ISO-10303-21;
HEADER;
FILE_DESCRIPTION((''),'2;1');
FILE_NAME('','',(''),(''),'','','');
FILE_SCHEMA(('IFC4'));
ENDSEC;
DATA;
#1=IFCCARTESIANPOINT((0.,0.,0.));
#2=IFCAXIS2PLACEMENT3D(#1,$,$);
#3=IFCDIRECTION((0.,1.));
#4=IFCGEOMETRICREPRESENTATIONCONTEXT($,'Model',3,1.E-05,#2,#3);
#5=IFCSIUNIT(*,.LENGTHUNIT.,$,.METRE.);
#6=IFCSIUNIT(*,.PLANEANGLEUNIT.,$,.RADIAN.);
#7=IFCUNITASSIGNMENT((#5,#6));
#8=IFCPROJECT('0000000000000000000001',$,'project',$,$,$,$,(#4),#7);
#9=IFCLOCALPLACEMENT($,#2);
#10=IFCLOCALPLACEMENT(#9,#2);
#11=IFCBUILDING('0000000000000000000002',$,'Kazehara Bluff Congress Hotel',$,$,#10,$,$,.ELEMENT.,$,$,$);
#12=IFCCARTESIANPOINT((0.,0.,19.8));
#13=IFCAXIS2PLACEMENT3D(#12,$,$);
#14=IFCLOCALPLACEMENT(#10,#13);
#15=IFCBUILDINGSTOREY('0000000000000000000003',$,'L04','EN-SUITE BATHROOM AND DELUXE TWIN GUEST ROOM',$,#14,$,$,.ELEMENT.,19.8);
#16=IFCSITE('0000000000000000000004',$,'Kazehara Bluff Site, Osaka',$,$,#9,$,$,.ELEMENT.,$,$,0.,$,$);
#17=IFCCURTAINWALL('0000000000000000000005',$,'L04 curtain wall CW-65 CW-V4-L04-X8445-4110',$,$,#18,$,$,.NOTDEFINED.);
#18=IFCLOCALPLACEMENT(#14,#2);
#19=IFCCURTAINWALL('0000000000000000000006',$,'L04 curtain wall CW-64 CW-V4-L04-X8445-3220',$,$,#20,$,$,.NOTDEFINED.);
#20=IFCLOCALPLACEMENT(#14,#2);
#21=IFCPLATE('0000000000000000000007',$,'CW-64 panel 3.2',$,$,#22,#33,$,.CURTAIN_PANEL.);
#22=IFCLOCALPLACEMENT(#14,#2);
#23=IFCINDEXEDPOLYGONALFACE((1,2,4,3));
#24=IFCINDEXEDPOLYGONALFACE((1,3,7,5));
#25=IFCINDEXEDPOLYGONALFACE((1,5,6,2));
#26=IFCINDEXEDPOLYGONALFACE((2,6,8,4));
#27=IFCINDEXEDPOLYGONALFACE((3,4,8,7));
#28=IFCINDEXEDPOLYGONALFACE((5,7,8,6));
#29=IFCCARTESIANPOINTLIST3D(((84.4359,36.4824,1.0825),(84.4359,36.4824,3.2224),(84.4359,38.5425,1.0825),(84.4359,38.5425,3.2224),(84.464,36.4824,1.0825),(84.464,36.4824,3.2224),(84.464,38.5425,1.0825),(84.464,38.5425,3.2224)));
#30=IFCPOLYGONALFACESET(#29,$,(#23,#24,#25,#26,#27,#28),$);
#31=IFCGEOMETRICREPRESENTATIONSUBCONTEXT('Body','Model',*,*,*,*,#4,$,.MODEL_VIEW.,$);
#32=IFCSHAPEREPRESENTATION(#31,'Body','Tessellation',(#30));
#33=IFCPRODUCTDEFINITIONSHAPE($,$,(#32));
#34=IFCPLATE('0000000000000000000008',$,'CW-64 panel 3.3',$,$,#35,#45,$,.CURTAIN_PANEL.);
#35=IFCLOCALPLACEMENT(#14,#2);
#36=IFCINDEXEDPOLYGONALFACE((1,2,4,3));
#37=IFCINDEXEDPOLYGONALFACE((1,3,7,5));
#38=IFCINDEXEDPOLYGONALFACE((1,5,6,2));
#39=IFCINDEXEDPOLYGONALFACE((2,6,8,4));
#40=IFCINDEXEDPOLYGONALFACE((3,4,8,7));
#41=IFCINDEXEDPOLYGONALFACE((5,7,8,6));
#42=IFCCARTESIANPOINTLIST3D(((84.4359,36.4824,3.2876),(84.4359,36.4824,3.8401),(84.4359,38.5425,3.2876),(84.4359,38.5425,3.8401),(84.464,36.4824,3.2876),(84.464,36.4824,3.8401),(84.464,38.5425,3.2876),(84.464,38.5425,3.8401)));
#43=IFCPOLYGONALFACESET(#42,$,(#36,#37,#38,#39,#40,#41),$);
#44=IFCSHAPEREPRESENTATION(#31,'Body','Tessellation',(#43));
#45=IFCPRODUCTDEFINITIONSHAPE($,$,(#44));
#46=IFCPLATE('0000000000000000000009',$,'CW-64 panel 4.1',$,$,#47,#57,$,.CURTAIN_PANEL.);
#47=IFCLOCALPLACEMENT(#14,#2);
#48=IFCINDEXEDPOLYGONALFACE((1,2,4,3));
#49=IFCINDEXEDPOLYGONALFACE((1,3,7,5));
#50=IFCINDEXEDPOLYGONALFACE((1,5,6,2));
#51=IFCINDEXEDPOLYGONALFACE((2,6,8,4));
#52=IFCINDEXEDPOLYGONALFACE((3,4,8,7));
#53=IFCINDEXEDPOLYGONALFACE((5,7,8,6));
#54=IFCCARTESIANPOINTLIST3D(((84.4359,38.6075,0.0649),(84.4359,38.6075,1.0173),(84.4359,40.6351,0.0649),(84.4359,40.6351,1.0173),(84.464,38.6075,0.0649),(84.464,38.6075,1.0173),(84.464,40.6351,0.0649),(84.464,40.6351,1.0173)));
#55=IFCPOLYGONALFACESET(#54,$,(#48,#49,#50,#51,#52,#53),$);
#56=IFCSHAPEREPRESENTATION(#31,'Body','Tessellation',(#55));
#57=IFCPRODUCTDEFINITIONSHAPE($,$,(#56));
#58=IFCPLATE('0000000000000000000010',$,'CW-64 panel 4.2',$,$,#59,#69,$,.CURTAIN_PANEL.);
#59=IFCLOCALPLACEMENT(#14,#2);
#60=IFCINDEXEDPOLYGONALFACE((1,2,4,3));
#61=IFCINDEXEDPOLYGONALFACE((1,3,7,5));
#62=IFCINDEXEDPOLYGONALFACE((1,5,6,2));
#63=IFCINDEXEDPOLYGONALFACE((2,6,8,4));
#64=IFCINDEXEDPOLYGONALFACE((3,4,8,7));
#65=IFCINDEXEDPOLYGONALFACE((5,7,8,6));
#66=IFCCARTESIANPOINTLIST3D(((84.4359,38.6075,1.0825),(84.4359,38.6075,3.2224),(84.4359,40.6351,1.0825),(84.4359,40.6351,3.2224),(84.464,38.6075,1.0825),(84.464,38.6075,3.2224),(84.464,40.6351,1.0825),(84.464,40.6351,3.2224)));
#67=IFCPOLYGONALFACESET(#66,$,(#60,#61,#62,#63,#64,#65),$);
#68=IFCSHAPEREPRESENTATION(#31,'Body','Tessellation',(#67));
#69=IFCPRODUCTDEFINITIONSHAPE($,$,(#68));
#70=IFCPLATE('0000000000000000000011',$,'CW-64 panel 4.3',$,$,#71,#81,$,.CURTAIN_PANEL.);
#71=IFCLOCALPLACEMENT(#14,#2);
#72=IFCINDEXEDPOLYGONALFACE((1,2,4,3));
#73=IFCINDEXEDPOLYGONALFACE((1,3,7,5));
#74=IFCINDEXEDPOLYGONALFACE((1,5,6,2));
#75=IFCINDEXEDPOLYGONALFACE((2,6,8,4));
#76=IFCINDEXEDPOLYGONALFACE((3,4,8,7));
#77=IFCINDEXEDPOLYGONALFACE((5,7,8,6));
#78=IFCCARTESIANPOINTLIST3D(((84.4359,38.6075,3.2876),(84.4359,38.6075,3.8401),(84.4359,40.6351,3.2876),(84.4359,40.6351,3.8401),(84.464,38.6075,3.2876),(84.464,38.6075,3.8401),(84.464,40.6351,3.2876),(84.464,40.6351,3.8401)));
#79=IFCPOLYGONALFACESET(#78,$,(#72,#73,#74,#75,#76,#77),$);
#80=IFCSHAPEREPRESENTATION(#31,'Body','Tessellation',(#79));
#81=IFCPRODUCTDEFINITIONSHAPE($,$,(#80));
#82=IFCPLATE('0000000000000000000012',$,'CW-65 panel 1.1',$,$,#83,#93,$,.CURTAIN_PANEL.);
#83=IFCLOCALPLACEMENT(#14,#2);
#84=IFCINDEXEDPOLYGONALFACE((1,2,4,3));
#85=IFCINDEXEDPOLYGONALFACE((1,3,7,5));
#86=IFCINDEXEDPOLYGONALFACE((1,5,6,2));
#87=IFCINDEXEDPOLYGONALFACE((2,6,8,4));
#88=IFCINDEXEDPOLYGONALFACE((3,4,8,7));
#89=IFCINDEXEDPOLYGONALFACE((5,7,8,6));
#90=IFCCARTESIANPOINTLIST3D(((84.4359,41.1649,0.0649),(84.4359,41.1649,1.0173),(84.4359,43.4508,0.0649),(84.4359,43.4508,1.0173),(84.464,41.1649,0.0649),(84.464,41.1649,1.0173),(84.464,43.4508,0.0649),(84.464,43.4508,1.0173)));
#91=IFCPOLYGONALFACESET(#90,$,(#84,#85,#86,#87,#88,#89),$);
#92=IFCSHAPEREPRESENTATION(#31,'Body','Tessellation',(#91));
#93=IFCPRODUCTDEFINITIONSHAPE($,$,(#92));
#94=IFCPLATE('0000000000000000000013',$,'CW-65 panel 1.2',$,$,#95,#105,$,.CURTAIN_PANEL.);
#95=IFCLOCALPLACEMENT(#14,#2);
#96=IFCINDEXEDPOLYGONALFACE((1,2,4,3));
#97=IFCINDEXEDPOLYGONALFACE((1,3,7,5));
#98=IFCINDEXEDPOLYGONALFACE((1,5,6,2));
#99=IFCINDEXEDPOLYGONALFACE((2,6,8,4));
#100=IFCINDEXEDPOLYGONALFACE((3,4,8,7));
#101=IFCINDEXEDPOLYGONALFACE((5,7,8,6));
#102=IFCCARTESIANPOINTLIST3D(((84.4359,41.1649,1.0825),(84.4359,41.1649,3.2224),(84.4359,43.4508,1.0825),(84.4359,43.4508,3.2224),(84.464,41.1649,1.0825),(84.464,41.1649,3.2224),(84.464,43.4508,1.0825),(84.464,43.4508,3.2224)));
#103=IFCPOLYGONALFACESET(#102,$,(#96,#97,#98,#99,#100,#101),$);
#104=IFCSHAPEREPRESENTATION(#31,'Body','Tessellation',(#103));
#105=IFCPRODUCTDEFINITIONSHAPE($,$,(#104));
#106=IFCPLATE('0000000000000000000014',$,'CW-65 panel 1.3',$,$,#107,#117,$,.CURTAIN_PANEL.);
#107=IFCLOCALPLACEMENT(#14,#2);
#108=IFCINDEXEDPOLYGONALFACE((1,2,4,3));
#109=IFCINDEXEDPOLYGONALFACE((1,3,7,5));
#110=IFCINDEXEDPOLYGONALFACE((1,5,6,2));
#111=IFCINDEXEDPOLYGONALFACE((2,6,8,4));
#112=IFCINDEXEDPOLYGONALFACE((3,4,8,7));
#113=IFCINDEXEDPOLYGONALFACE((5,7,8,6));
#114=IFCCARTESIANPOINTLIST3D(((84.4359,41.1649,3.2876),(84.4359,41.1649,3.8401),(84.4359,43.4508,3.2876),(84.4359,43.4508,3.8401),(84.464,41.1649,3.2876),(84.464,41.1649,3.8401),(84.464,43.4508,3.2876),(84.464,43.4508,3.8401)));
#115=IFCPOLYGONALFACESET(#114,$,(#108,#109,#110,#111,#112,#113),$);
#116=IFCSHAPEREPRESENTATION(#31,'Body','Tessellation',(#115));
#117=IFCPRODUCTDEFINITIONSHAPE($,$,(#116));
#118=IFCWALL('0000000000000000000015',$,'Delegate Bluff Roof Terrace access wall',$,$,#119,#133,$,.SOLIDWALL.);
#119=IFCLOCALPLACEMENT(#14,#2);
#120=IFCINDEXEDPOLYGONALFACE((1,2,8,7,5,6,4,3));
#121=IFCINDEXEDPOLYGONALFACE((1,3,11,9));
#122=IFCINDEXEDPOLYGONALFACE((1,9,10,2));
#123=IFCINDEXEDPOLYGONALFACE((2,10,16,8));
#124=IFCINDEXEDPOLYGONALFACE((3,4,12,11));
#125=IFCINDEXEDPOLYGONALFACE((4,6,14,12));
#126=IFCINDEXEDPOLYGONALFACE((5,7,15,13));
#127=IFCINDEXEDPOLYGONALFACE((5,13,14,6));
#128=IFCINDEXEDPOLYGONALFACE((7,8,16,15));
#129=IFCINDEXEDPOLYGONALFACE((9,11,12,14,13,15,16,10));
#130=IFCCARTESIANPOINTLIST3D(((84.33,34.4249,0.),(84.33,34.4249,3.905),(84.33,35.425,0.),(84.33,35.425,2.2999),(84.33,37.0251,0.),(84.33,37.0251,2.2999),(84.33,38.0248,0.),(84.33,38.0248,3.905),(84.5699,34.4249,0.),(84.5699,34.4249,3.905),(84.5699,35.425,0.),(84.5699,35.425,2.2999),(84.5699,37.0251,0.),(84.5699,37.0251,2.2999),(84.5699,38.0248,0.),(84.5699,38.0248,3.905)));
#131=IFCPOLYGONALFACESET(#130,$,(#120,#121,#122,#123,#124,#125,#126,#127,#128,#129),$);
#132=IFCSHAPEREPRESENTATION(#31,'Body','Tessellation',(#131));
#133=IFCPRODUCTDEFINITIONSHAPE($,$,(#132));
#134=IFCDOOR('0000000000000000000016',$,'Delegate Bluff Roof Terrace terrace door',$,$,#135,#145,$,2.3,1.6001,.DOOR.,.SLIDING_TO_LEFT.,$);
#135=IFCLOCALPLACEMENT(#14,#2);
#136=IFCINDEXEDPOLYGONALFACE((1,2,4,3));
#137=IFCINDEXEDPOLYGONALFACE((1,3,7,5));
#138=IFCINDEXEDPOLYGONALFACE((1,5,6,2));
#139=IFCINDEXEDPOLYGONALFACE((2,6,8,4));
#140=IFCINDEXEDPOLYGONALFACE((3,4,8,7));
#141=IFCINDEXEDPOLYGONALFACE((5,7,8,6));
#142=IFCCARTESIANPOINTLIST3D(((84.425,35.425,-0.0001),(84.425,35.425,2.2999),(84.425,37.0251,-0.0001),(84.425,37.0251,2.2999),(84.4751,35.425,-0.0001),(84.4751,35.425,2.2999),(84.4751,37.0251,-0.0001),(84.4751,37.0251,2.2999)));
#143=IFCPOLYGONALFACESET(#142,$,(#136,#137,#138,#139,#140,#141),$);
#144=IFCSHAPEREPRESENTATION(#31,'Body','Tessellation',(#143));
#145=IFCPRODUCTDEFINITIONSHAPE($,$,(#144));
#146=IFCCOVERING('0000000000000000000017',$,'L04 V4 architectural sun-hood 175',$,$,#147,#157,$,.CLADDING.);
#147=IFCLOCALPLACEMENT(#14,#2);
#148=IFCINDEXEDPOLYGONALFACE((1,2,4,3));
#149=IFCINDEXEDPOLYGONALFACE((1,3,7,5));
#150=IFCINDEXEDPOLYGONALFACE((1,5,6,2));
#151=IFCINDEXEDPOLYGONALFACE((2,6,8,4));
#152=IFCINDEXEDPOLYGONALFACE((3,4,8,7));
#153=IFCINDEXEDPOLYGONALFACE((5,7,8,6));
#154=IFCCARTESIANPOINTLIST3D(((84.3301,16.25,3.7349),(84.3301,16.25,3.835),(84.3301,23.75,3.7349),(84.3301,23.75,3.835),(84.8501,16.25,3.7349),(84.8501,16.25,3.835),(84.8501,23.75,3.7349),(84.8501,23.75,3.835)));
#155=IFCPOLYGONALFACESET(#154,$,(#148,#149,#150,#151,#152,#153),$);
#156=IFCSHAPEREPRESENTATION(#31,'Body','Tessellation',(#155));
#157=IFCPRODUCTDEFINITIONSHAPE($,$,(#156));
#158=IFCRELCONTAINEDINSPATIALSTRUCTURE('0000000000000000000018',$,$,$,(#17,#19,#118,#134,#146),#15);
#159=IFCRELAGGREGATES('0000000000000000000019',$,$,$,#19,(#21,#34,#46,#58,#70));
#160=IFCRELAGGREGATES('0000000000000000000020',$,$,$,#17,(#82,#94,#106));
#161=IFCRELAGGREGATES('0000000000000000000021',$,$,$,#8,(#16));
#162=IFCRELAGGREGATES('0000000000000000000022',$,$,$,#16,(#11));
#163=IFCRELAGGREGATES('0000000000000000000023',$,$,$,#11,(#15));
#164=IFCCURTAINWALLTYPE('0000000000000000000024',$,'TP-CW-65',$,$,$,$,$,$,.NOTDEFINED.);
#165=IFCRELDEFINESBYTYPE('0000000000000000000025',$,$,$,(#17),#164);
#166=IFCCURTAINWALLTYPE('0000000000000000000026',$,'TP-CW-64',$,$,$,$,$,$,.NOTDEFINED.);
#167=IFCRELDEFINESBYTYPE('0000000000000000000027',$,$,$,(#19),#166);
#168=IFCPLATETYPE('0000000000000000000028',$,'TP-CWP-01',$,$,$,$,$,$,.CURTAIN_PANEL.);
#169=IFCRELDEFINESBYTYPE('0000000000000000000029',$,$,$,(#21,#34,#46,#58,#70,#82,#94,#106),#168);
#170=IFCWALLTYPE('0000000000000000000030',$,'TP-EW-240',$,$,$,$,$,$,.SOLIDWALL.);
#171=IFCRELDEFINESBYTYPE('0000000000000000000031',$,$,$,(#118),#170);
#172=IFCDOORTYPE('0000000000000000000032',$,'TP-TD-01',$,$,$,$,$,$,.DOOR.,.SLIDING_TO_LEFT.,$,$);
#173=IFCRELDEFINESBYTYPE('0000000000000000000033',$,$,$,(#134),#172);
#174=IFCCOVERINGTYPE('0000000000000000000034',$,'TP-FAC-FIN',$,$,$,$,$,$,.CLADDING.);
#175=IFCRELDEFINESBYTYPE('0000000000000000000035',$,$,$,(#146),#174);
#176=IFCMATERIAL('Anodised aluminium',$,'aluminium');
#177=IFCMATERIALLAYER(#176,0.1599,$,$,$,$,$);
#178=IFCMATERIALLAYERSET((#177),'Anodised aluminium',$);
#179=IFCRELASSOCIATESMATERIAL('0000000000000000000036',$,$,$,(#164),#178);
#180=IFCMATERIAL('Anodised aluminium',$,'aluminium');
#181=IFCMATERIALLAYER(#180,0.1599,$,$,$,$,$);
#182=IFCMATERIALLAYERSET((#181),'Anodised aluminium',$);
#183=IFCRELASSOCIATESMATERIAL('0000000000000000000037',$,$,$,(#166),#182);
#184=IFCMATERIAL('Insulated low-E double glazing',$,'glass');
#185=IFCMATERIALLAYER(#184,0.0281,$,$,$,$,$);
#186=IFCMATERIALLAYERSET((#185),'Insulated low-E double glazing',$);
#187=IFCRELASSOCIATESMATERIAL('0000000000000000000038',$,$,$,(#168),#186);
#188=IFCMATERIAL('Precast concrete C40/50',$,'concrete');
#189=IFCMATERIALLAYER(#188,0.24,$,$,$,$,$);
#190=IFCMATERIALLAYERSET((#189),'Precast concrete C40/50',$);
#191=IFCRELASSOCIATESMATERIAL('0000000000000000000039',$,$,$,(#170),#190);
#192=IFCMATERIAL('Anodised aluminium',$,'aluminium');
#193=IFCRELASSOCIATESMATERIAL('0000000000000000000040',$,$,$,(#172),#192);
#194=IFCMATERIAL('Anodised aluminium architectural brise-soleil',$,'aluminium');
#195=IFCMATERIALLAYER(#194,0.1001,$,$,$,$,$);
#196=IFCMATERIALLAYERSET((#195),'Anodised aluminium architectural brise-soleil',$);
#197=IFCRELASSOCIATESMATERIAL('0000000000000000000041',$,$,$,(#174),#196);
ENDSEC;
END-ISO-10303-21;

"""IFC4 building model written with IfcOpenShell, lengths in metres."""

from ifc_helpers import new_model, si_unit, direction, frame, frame_2d, origin, origin_2d, place, context, subcontext, project, spatial, rectangle, extrude, material, layer, layer_set, type_object, element, fill, aggregate, save


model = new_model("IFC4")

# Units and contexts
model_context = context("Model", 3, precision=1e-05, world=origin(), true_north=direction((0.0, 1.0)))
body_context = subcontext(model_context, "Body", "Model", "MODEL_VIEW")
ifc_project = project(units=[si_unit("LENGTHUNIT", "METRE"), si_unit("PLANEANGLEUNIT", "RADIAN")], contexts=[model_context])

# Site, building, storey
site_placement = place(None, origin())
site = spatial("IfcSite", under=ifc_project, at=site_placement, Name="Kazehara Bluff Site, Osaka", CompositionType="ELEMENT", RefElevation=0.0)
building_placement = place(site_placement, origin())
building = spatial("IfcBuilding", under=site, at=building_placement, Name="Kazehara Bluff Congress Hotel", CompositionType="ELEMENT")
storey_placement = place(building_placement, frame((0.0, 0.0, 19.8)))
storey = spatial("IfcBuildingStorey", under=building, at=storey_placement, Name="L04", Description="EN-SUITE BATHROOM AND DELUXE TWIN GUEST ROOM", CompositionType="ELEMENT", Elevation=19.8)

# Curtain walls
ifc_material_1 = material(Name="Anodised aluminium", Category="aluminium")
ifc_layer_1 = layer(ifc_material_1, 0.1599)
ifc_layer_set_1 = layer_set([ifc_layer_1], Name="Anodised aluminium")
curtain_wall_type_1 = type_object("IfcCurtainWallType", Name="TP-CW-65", PredefinedType="NOTDEFINED", material=ifc_layer_set_1)
curtain_wall_1_placement = place(storey_placement, origin())
curtain_wall_1 = element("IfcCurtainWall", 1, at=curtain_wall_1_placement, inside=storey, type_object=curtain_wall_type_1, Name="L04 curtain wall CW-65 CW-V4-L04-X8445-4110", PredefinedType="NOTDEFINED")
ifc_material_2 = material(Name="Anodised aluminium", Category="aluminium")
ifc_layer_2 = layer(ifc_material_2, 0.1599)
ifc_layer_set_2 = layer_set([ifc_layer_2], Name="Anodised aluminium")
curtain_wall_type_2 = type_object("IfcCurtainWallType", Name="TP-CW-64", PredefinedType="NOTDEFINED", material=ifc_layer_set_2)
curtain_wall_2_placement = place(storey_placement, origin())
curtain_wall_2 = element("IfcCurtainWall", 2, at=curtain_wall_2_placement, inside=storey, type_object=curtain_wall_type_2, Name="L04 curtain wall CW-64 CW-V4-L04-X8445-3220", PredefinedType="NOTDEFINED")

# Plates
ifc_material_3 = material(Name="Insulated low-E double glazing", Category="glass")
ifc_layer_3 = layer(ifc_material_3, 0.0281)
ifc_layer_set_3 = layer_set([ifc_layer_3], Name="Insulated low-E double glazing")
plate_type = type_object("IfcPlateType", Name="TP-CWP-01", PredefinedType="CURTAIN_PANEL", material=ifc_layer_set_3)
plate_1_placement = place(storey_placement, frame((84.45, 37.5125, 1.0825), z_axis=(0.0, 0.0, 1.0), x_axis=(0.0, 1.0, 0.0)))
plate_1 = element("IfcPlate", 3, at=plate_1_placement, type_object=plate_type, Name="CW-64 panel 3.2", PredefinedType="CURTAIN_PANEL", context=body_context, shape_type="SweptSolid", body=[
    extrude(rectangle(XDim=2.0601, YDim=0.0281, at=origin_2d()), origin(), (0.0, 0.0, 1.0), 2.1399),
])
plate_2_placement = place(storey_placement, frame((84.45, 37.5125, 3.2876), z_axis=(0.0, 0.0, 1.0), x_axis=(0.0, 1.0, 0.0)))
plate_2 = element("IfcPlate", 4, at=plate_2_placement, type_object=plate_type, Name="CW-64 panel 3.3", PredefinedType="CURTAIN_PANEL", context=body_context, shape_type="SweptSolid", body=[
    extrude(rectangle(XDim=2.0601, YDim=0.0281, at=origin_2d()), origin(), (0.0, 0.0, 1.0), 0.5525),
])
plate_3_placement = place(storey_placement, frame((84.45, 39.6213, 0.0649), z_axis=(0.0, 0.0, 1.0), x_axis=(0.0, 1.0, 0.0)))
plate_3 = element("IfcPlate", 5, at=plate_3_placement, type_object=plate_type, Name="CW-64 panel 4.1", PredefinedType="CURTAIN_PANEL", context=body_context, shape_type="SweptSolid", body=[
    extrude(rectangle(XDim=2.0276, YDim=0.0281, at=origin_2d()), origin(), (0.0, 0.0, 1.0), 0.9524),
])
plate_4_placement = place(storey_placement, frame((84.45, 39.6213, 1.0825), z_axis=(0.0, 0.0, 1.0), x_axis=(0.0, 1.0, 0.0)))
plate_4 = element("IfcPlate", 6, at=plate_4_placement, type_object=plate_type, Name="CW-64 panel 4.2", PredefinedType="CURTAIN_PANEL", context=body_context, shape_type="SweptSolid", body=[
    extrude(rectangle(XDim=2.0276, YDim=0.0281, at=origin_2d()), origin(), (0.0, 0.0, 1.0), 2.1399),
])
plate_5_placement = place(storey_placement, frame((84.45, 39.6213, 3.2876), z_axis=(0.0, 0.0, 1.0), x_axis=(0.0, 1.0, 0.0)))
plate_5 = element("IfcPlate", 7, at=plate_5_placement, type_object=plate_type, Name="CW-64 panel 4.3", PredefinedType="CURTAIN_PANEL", context=body_context, shape_type="SweptSolid", body=[
    extrude(rectangle(XDim=2.0276, YDim=0.0281, at=origin_2d()), origin(), (0.0, 0.0, 1.0), 0.5525),
])
aggregate(curtain_wall_2, [plate_1, plate_2, plate_3, plate_4, plate_5])
plate_6_placement = place(storey_placement, frame((84.45, 42.3079, 0.0649), z_axis=(0.0, 0.0, 1.0), x_axis=(0.0, 1.0, 0.0)))
plate_6 = element("IfcPlate", 8, at=plate_6_placement, type_object=plate_type, Name="CW-65 panel 1.1", PredefinedType="CURTAIN_PANEL", context=body_context, shape_type="SweptSolid", body=[
    extrude(rectangle(XDim=2.2859, YDim=0.0281, at=origin_2d()), origin(), (0.0, 0.0, 1.0), 0.9524),
])
plate_7_placement = place(storey_placement, frame((84.45, 42.3079, 1.0825), z_axis=(0.0, 0.0, 1.0), x_axis=(0.0, 1.0, 0.0)))
plate_7 = element("IfcPlate", 9, at=plate_7_placement, type_object=plate_type, Name="CW-65 panel 1.2", PredefinedType="CURTAIN_PANEL", context=body_context, shape_type="SweptSolid", body=[
    extrude(rectangle(XDim=2.2859, YDim=0.0281, at=origin_2d()), origin(), (0.0, 0.0, 1.0), 2.1399),
])
plate_8_placement = place(storey_placement, frame((84.45, 42.3079, 3.2876), z_axis=(0.0, 0.0, 1.0), x_axis=(0.0, 1.0, 0.0)))
plate_8 = element("IfcPlate", 10, at=plate_8_placement, type_object=plate_type, Name="CW-65 panel 1.3", PredefinedType="CURTAIN_PANEL", context=body_context, shape_type="SweptSolid", body=[
    extrude(rectangle(XDim=2.2859, YDim=0.0281, at=origin_2d()), origin(), (0.0, 0.0, 1.0), 0.5525),
])
aggregate(curtain_wall_1, [plate_6, plate_7, plate_8])

# Wall, opening, door
ifc_material_4 = material(Name="Precast concrete C40/50", Category="concrete")
ifc_layer_4 = layer(ifc_material_4, 0.24)
ifc_layer_set_4 = layer_set([ifc_layer_4], Name="Precast concrete C40/50")
wall_type = type_object("IfcWallType", Name="TP-EW-240", PredefinedType="SOLIDWALL", material=ifc_layer_set_4)
wall_placement = place(storey_placement, frame((84.45, 34.425, 0.0), z_axis=(0.0, 0.0, 1.0), x_axis=(0.0, 1.0, 0.0)))
wall = element("IfcWall", 11, at=wall_placement, inside=storey, type_object=wall_type, Name="Delegate Bluff Roof Terrace access wall", PredefinedType="SOLIDWALL", context=body_context, shape_type="SweptSolid", body=[
    extrude(rectangle(XDim=3.5999, YDim=0.24, at=frame_2d((1.7998, 0.0))), origin(), (0.0, 0.0, 1.0), 3.905),
])
opening_placement = place(wall_placement, frame((1.0, 0.0, 0.0)))
opening = element("IfcOpeningElement", 12, at=opening_placement, cuts=wall, PredefinedType="OPENING", context=body_context, shape_type="SweptSolid", body=[
    extrude(rectangle(XDim=1.6001, YDim=2.3, at=frame_2d((0.8, 1.1499))), frame((0.0, 0.1299, 0.0), z_axis=(0.0, -1.0, 0.0), x_axis=(1.0, 0.0, 0.0)), (0.0, 0.0, 1.0), 0.26),
])
ifc_material_5 = material(Name="Anodised aluminium", Category="aluminium")
door_type = type_object("IfcDoorType", Name="TP-TD-01", OperationType="SLIDING_TO_LEFT", PredefinedType="DOOR", material=ifc_material_5)
door_placement = place(opening_placement, origin())
door = element("IfcDoor", 13, at=door_placement, inside=storey, type_object=door_type, Name="Delegate Bluff Roof Terrace terrace door", OperationType="SLIDING_TO_LEFT", OverallHeight=2.3, OverallWidth=1.6001, PredefinedType="DOOR", context=body_context, shape_type="SweptSolid", body=[
    extrude(rectangle(XDim=1.6001, YDim=2.3, at=frame_2d((0.8, 1.1499))), frame((0.0, 0.0249, 0.0), z_axis=(0.0, -1.0, 0.0), x_axis=(1.0, 0.0, 0.0)), (0.0, 0.0, 1.0), 0.05),
])
fill(opening, door)

# Covering
ifc_material_6 = material(Name="Anodised aluminium architectural brise-soleil", Category="aluminium")
ifc_layer_5 = layer(ifc_material_6, 0.1001)
ifc_layer_set_5 = layer_set([ifc_layer_5], Name="Anodised aluminium architectural brise-soleil")
covering_type = type_object("IfcCoveringType", Name="TP-FAC-FIN", PredefinedType="CLADDING", material=ifc_layer_set_5)
covering_placement = place(storey_placement, frame((84.5901, 20.0, 3.7349), z_axis=(0.0, 0.0, 1.0), x_axis=(1.0, 0.0, 0.0)))
element("IfcCovering", 14, at=covering_placement, inside=storey, type_object=covering_type, Name="L04 V4 architectural sun-hood 175", PredefinedType="CLADDING", context=body_context, shape_type="SweptSolid", body=[
    extrude(rectangle(XDim=0.52, YDim=7.5, at=origin_2d()), origin(), (0.0, 0.0, 1.0), 0.1001),
])

save(model, "model.ifc")
